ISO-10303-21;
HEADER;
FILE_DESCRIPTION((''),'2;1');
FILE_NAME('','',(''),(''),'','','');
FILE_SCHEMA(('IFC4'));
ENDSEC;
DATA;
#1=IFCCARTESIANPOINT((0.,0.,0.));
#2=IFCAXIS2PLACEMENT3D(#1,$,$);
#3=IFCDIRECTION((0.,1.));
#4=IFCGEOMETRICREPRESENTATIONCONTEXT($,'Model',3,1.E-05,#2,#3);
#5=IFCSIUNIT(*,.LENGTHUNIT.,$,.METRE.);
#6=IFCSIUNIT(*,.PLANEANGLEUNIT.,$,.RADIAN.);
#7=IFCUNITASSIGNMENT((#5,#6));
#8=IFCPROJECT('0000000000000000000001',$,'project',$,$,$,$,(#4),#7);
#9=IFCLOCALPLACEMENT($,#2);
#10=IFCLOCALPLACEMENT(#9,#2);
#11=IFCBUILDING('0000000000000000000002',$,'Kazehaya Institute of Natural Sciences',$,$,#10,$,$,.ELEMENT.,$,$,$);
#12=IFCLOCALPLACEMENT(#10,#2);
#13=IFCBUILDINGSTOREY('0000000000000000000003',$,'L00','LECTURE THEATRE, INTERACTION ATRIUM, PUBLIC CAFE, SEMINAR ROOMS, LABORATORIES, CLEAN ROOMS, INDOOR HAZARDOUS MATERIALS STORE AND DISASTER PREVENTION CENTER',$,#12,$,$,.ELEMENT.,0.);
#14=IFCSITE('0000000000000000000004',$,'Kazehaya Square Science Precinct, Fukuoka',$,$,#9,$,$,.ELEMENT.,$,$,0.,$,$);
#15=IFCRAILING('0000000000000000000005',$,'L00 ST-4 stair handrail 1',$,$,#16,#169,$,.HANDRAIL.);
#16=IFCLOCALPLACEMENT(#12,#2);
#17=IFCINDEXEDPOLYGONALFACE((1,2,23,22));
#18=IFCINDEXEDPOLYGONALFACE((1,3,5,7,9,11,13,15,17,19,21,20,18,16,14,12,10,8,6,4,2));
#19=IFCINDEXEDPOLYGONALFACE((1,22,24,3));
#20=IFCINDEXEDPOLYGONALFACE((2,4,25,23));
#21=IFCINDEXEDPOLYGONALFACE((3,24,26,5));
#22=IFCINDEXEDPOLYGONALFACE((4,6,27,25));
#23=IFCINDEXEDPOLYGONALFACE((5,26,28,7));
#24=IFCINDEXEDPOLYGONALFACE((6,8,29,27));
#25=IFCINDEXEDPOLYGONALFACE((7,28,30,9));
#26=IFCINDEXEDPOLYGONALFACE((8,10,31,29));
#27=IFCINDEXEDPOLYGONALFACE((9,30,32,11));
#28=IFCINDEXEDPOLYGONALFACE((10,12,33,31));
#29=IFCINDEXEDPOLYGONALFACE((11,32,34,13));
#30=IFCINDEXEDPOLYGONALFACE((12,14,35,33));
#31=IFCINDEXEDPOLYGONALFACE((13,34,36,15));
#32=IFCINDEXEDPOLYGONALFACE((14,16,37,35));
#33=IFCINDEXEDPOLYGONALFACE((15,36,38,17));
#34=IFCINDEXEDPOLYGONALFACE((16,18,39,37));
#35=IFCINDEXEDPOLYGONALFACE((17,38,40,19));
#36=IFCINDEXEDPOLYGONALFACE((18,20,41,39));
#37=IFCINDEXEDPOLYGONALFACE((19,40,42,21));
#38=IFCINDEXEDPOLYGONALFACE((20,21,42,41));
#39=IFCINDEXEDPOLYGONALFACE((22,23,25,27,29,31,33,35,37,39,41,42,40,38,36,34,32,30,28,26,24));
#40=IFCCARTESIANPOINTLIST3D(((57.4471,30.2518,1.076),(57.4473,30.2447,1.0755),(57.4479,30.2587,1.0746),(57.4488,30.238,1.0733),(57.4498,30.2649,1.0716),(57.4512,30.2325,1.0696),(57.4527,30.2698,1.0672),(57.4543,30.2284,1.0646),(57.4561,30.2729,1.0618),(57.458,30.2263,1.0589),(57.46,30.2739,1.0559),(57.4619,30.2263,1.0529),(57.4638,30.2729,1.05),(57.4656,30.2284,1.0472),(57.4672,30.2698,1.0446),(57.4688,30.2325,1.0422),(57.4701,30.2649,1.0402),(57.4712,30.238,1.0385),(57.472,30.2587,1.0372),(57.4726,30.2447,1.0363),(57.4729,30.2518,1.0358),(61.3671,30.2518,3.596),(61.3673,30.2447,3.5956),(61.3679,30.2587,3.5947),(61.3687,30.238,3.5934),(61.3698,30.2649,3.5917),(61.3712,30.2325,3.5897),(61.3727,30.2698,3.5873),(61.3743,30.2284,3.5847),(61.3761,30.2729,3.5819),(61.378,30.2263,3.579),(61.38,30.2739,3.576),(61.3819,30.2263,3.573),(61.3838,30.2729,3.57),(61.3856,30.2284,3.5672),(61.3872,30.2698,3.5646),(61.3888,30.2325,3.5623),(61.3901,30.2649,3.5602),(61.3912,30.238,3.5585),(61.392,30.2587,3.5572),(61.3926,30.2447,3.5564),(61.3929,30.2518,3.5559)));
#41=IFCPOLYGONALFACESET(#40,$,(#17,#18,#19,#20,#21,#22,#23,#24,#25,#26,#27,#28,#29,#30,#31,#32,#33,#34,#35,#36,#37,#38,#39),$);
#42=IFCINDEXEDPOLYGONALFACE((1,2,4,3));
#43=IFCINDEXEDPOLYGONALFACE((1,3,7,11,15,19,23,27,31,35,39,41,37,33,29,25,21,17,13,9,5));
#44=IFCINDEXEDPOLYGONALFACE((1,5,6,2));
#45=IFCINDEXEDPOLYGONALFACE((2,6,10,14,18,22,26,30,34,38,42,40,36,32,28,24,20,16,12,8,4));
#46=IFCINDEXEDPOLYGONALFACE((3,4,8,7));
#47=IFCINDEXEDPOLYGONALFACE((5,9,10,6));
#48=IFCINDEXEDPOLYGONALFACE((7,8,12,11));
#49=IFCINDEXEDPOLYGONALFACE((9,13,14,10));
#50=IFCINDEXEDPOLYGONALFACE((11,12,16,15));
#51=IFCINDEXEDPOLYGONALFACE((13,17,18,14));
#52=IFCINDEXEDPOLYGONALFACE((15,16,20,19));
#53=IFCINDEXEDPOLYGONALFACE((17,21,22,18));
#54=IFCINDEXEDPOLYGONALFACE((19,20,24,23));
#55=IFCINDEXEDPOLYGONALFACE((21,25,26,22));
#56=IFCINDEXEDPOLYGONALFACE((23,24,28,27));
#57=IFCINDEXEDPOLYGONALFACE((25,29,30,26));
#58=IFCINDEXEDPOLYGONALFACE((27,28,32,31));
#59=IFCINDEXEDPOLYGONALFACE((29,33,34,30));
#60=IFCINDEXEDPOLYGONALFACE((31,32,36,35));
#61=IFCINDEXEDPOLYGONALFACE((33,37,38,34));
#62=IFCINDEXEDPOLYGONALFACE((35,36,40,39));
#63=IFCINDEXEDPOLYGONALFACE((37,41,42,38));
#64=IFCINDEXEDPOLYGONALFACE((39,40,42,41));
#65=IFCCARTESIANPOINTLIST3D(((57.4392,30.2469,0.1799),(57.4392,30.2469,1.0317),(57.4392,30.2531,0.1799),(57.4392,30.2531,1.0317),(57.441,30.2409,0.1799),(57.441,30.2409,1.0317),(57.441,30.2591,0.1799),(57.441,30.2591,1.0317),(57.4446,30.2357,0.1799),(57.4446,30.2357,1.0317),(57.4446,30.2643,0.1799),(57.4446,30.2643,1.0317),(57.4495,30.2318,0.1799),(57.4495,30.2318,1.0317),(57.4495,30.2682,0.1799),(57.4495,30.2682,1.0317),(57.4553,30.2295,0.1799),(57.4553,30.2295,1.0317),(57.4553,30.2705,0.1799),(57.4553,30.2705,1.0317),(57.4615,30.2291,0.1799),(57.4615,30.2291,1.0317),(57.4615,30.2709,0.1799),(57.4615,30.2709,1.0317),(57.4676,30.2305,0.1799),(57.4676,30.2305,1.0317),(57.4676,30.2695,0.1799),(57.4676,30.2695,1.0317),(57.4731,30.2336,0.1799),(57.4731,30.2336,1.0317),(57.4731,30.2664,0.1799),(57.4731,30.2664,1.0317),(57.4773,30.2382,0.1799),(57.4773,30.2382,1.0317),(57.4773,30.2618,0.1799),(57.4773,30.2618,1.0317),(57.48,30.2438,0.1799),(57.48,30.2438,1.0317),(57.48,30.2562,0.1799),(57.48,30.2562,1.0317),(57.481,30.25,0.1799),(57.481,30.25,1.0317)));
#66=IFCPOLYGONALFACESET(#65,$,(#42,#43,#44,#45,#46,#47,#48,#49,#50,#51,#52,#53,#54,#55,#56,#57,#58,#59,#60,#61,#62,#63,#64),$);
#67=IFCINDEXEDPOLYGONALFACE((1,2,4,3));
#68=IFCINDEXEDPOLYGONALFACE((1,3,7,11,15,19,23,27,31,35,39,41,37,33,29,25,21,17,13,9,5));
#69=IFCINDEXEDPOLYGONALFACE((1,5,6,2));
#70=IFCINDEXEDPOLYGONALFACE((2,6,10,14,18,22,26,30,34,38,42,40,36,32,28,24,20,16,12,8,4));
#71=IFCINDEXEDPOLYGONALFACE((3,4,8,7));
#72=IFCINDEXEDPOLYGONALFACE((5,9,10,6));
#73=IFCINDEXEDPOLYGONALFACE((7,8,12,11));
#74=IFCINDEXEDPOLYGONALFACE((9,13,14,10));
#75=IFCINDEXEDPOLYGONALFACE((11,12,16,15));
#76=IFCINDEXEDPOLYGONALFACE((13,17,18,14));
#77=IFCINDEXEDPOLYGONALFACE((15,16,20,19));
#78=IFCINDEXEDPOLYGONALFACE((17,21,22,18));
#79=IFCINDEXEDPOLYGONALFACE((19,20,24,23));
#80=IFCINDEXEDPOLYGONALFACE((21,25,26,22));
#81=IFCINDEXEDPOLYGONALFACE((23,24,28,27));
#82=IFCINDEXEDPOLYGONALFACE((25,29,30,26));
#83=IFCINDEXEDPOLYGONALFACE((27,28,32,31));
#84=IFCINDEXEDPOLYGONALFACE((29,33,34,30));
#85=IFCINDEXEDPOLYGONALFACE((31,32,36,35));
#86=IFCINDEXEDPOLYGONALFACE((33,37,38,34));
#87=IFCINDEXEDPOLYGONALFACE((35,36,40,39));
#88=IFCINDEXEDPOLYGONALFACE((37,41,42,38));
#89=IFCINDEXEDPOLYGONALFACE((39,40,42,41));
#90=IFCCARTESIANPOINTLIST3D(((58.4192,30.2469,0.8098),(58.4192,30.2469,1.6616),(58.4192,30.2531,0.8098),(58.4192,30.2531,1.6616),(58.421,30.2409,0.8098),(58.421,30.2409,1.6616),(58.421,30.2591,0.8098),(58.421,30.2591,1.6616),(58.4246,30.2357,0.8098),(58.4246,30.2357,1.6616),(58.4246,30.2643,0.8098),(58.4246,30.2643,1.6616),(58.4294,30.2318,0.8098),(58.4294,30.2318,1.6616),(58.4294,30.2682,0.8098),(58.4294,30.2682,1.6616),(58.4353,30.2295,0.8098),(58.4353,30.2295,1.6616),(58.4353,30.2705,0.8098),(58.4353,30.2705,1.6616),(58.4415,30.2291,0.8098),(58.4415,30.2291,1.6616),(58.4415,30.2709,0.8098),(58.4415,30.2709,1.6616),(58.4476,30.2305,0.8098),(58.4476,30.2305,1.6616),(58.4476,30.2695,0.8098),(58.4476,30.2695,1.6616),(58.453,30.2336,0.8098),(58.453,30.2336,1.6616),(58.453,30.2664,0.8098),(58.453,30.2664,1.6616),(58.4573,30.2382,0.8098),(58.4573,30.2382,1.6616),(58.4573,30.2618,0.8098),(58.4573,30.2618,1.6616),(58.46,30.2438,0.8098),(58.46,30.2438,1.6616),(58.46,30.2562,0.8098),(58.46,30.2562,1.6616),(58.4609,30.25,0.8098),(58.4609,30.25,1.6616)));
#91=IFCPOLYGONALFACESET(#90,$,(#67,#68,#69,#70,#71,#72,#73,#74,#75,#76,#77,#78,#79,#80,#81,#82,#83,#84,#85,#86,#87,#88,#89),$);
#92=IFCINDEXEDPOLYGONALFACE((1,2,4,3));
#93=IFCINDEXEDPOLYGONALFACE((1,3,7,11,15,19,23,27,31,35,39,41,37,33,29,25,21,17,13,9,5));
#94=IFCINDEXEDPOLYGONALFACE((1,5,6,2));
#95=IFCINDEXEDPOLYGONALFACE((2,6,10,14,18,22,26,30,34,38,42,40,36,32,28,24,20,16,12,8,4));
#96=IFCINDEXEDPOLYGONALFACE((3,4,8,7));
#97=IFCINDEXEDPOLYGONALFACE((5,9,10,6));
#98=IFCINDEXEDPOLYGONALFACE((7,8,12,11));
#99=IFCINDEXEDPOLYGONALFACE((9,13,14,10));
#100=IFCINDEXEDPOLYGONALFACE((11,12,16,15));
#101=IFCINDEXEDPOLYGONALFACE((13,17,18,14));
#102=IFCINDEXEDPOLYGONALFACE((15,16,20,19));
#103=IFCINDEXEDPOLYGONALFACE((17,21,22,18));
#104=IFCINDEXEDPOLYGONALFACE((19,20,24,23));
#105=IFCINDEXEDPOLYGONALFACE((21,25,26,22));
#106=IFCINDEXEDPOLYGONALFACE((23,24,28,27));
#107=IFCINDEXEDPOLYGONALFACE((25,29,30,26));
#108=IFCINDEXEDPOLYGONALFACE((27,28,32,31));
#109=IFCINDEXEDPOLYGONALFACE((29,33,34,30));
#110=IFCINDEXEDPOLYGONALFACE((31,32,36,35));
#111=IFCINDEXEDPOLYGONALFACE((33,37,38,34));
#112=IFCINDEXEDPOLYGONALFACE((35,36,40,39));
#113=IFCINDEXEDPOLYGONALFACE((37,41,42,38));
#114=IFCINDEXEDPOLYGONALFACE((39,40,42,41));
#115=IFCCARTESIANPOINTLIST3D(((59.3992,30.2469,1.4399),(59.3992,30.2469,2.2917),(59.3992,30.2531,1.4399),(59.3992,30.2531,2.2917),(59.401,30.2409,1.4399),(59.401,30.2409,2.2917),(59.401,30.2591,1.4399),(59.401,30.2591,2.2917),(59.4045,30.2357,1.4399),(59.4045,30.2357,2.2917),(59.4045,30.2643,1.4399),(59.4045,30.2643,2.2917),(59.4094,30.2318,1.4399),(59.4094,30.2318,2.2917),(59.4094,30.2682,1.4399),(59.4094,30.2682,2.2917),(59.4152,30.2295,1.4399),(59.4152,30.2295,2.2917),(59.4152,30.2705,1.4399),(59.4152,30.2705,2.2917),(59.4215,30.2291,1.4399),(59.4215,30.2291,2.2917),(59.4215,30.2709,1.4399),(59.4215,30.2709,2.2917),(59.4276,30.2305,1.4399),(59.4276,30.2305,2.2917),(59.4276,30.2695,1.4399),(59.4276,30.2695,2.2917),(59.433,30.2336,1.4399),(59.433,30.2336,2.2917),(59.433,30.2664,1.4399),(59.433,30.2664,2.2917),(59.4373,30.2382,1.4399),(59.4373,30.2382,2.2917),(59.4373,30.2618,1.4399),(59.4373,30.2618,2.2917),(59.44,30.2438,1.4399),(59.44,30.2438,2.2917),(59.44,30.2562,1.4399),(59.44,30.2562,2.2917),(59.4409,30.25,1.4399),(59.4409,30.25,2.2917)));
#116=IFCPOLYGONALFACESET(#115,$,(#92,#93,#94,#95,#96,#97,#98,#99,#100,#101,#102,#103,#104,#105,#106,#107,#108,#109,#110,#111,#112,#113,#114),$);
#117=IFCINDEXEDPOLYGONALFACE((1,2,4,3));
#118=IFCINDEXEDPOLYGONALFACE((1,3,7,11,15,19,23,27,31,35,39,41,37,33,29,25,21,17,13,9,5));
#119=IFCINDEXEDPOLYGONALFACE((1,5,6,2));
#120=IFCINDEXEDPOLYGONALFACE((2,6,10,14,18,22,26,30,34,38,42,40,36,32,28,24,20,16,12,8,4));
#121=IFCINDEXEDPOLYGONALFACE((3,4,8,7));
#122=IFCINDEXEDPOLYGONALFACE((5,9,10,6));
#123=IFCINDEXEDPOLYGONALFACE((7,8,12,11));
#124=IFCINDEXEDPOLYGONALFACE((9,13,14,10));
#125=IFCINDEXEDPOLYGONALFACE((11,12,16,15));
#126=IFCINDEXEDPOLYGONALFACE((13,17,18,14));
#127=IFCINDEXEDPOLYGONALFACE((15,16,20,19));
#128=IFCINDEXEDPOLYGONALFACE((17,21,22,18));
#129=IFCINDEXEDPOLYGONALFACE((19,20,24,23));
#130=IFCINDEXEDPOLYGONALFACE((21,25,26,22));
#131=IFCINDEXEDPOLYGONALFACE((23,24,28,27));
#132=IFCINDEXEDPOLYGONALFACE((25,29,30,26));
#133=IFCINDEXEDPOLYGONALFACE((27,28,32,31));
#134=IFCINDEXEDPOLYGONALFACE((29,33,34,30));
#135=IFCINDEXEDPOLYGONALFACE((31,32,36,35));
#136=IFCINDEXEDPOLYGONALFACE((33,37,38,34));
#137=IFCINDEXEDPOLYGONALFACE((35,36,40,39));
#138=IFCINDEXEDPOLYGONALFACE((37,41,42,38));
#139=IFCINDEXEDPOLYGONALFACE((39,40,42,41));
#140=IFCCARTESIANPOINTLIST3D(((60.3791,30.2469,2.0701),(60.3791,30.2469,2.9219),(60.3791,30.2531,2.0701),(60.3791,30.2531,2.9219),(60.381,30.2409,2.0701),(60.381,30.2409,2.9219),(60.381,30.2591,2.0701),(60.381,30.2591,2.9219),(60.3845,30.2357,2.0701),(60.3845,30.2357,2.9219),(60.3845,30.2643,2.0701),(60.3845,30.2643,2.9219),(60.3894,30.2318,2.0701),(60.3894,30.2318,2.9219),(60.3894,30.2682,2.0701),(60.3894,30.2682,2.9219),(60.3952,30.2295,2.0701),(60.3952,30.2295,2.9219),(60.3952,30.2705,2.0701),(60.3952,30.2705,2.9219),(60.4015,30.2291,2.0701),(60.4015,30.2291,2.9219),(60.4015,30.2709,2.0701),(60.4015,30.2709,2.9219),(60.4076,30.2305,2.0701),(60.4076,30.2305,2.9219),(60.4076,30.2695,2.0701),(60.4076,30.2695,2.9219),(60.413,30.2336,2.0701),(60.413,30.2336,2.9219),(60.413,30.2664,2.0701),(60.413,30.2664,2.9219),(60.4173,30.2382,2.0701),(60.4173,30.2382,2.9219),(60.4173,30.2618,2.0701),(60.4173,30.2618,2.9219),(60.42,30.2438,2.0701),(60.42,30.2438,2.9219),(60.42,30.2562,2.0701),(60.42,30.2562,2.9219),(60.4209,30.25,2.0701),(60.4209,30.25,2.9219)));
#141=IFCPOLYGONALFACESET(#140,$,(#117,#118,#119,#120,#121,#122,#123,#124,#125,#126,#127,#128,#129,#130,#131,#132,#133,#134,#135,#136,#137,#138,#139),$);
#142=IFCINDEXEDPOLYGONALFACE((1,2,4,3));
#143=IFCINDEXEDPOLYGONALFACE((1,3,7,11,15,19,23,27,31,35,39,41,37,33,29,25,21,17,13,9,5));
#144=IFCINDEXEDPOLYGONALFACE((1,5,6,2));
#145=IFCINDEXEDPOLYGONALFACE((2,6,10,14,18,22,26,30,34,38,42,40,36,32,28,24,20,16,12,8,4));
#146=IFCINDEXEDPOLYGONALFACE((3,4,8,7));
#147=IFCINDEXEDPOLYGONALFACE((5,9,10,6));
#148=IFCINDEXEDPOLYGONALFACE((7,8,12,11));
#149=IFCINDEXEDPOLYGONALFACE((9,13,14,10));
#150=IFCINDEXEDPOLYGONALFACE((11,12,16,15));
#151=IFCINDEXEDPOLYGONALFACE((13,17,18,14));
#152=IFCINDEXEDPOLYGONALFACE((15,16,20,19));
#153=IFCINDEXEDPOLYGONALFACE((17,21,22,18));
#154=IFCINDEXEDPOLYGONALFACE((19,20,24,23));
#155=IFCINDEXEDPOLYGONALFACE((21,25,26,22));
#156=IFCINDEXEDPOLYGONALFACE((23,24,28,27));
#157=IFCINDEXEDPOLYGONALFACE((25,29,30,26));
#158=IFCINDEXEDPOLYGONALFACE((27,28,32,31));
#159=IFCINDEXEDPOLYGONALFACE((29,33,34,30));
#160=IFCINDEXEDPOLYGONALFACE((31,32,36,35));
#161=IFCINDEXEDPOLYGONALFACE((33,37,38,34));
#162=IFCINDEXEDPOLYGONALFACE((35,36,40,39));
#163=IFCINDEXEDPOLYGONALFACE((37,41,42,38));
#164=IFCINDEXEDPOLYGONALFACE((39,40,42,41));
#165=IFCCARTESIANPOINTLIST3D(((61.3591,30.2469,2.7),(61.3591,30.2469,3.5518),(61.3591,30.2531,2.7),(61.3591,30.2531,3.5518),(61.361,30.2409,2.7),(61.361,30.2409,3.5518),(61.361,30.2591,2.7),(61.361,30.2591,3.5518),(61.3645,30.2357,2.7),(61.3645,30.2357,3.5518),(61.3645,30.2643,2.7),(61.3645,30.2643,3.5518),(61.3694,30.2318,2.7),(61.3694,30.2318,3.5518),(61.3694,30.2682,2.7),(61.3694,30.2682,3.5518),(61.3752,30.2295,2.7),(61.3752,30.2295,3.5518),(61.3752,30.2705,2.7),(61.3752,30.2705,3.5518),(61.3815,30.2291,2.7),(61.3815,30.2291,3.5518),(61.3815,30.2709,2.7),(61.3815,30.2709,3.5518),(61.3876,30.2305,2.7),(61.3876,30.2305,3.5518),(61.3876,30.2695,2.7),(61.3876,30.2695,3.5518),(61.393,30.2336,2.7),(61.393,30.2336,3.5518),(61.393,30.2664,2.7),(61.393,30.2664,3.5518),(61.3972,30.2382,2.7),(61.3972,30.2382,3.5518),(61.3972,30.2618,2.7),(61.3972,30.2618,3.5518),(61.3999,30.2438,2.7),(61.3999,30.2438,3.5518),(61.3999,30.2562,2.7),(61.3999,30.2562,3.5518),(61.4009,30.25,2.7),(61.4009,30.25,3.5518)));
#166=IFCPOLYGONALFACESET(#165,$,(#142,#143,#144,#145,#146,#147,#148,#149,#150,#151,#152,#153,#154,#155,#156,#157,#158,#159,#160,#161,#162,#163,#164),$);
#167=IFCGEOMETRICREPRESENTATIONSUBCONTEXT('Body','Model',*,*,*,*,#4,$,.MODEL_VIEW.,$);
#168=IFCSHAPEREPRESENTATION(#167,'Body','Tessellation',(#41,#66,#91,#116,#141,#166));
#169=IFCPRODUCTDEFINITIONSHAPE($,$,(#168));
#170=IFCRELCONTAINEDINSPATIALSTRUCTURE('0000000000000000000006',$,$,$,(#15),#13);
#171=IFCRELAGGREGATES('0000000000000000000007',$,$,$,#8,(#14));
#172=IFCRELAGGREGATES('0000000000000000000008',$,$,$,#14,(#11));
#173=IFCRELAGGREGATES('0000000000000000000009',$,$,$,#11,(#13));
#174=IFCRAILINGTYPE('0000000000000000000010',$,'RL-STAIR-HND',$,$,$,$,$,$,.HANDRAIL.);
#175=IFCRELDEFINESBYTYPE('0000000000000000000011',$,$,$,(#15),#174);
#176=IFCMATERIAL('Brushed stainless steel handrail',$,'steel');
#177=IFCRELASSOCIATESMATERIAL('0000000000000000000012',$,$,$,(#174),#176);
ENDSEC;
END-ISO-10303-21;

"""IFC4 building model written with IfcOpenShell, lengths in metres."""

from ifc_helpers import new_model, si_unit, direction, frame, origin, origin_2d, place, context, subcontext, project, spatial, circle, extrude, material, type_object, element, save


model = new_model("IFC4")

# Units and contexts
model_context = context("Model", 3, precision=1e-05, world=origin(), true_north=direction((0.0, 1.0)))
body_context = subcontext(model_context, "Body", "Model", "MODEL_VIEW")
ifc_project = project(units=[si_unit("LENGTHUNIT", "METRE"), si_unit("PLANEANGLEUNIT", "RADIAN")], contexts=[model_context])

# Site, building, storey
site_placement = place(None, origin())
site = spatial("IfcSite", under=ifc_project, at=site_placement, Name="Kazehaya Square Science Precinct, Fukuoka", CompositionType="ELEMENT", RefElevation=0.0)
building_placement = place(site_placement, origin())
building = spatial("IfcBuilding", under=site, at=building_placement, Name="Kazehaya Institute of Natural Sciences", CompositionType="ELEMENT")
storey_placement = place(building_placement, origin())
storey = spatial("IfcBuildingStorey", under=building, at=storey_placement, Name="L00", Description="LECTURE THEATRE, INTERACTION ATRIUM, PUBLIC CAFE, SEMINAR ROOMS, LABORATORIES, CLEAN ROOMS, INDOOR HAZARDOUS MATERIALS STORE AND DISASTER PREVENTION CENTER", CompositionType="ELEMENT", Elevation=0.0)

# Railing
ifc_material_1 = material(Name="Brushed stainless steel handrail", Category="steel")
railing_type_1 = type_object("IfcRailingType", Name="RL-STAIR-HND", PredefinedType="HANDRAIL", material=ifc_material_1)
railing_1_placement = place(storey_placement, frame((57.46, 30.25, 0.1799)))
element("IfcRailing", 1, at=railing_1_placement, inside=storey, type_object=railing_type_1, Name="L00 ST-4 stair handrail 1", PredefinedType="HANDRAIL", context=body_context, shape_type="SweptSolid", body=[
    extrude(circle(Radius=0.0239, at=origin_2d()), frame((0.0, 0.0, 0.876), z_axis=(0.841172, 0.0, 0.540768), x_axis=(0.0, 1.0, 0.0)), (0.0, 0.0, 1.0), 4.6602),
    extrude(circle(Radius=0.021, at=origin_2d()), origin(), (0.0, 0.0, 1.0), 0.8518),
    extrude(circle(Radius=0.021, at=origin_2d()), frame((0.98, 0.0, 0.6299)), (0.0, 0.0, 1.0), 0.8518),
    extrude(circle(Radius=0.021, at=origin_2d()), frame((1.96, 0.0, 1.26)), (0.0, 0.0, 1.0), 0.8518),
    extrude(circle(Radius=0.021, at=origin_2d()), frame((2.9399, 0.0, 1.8901)), (0.0, 0.0, 1.0), 0.8518),
    extrude(circle(Radius=0.021, at=origin_2d()), frame((3.9199, 0.0, 2.52)), (0.0, 0.0, 1.0), 0.8518),
])

save(model, "model.ifc")
